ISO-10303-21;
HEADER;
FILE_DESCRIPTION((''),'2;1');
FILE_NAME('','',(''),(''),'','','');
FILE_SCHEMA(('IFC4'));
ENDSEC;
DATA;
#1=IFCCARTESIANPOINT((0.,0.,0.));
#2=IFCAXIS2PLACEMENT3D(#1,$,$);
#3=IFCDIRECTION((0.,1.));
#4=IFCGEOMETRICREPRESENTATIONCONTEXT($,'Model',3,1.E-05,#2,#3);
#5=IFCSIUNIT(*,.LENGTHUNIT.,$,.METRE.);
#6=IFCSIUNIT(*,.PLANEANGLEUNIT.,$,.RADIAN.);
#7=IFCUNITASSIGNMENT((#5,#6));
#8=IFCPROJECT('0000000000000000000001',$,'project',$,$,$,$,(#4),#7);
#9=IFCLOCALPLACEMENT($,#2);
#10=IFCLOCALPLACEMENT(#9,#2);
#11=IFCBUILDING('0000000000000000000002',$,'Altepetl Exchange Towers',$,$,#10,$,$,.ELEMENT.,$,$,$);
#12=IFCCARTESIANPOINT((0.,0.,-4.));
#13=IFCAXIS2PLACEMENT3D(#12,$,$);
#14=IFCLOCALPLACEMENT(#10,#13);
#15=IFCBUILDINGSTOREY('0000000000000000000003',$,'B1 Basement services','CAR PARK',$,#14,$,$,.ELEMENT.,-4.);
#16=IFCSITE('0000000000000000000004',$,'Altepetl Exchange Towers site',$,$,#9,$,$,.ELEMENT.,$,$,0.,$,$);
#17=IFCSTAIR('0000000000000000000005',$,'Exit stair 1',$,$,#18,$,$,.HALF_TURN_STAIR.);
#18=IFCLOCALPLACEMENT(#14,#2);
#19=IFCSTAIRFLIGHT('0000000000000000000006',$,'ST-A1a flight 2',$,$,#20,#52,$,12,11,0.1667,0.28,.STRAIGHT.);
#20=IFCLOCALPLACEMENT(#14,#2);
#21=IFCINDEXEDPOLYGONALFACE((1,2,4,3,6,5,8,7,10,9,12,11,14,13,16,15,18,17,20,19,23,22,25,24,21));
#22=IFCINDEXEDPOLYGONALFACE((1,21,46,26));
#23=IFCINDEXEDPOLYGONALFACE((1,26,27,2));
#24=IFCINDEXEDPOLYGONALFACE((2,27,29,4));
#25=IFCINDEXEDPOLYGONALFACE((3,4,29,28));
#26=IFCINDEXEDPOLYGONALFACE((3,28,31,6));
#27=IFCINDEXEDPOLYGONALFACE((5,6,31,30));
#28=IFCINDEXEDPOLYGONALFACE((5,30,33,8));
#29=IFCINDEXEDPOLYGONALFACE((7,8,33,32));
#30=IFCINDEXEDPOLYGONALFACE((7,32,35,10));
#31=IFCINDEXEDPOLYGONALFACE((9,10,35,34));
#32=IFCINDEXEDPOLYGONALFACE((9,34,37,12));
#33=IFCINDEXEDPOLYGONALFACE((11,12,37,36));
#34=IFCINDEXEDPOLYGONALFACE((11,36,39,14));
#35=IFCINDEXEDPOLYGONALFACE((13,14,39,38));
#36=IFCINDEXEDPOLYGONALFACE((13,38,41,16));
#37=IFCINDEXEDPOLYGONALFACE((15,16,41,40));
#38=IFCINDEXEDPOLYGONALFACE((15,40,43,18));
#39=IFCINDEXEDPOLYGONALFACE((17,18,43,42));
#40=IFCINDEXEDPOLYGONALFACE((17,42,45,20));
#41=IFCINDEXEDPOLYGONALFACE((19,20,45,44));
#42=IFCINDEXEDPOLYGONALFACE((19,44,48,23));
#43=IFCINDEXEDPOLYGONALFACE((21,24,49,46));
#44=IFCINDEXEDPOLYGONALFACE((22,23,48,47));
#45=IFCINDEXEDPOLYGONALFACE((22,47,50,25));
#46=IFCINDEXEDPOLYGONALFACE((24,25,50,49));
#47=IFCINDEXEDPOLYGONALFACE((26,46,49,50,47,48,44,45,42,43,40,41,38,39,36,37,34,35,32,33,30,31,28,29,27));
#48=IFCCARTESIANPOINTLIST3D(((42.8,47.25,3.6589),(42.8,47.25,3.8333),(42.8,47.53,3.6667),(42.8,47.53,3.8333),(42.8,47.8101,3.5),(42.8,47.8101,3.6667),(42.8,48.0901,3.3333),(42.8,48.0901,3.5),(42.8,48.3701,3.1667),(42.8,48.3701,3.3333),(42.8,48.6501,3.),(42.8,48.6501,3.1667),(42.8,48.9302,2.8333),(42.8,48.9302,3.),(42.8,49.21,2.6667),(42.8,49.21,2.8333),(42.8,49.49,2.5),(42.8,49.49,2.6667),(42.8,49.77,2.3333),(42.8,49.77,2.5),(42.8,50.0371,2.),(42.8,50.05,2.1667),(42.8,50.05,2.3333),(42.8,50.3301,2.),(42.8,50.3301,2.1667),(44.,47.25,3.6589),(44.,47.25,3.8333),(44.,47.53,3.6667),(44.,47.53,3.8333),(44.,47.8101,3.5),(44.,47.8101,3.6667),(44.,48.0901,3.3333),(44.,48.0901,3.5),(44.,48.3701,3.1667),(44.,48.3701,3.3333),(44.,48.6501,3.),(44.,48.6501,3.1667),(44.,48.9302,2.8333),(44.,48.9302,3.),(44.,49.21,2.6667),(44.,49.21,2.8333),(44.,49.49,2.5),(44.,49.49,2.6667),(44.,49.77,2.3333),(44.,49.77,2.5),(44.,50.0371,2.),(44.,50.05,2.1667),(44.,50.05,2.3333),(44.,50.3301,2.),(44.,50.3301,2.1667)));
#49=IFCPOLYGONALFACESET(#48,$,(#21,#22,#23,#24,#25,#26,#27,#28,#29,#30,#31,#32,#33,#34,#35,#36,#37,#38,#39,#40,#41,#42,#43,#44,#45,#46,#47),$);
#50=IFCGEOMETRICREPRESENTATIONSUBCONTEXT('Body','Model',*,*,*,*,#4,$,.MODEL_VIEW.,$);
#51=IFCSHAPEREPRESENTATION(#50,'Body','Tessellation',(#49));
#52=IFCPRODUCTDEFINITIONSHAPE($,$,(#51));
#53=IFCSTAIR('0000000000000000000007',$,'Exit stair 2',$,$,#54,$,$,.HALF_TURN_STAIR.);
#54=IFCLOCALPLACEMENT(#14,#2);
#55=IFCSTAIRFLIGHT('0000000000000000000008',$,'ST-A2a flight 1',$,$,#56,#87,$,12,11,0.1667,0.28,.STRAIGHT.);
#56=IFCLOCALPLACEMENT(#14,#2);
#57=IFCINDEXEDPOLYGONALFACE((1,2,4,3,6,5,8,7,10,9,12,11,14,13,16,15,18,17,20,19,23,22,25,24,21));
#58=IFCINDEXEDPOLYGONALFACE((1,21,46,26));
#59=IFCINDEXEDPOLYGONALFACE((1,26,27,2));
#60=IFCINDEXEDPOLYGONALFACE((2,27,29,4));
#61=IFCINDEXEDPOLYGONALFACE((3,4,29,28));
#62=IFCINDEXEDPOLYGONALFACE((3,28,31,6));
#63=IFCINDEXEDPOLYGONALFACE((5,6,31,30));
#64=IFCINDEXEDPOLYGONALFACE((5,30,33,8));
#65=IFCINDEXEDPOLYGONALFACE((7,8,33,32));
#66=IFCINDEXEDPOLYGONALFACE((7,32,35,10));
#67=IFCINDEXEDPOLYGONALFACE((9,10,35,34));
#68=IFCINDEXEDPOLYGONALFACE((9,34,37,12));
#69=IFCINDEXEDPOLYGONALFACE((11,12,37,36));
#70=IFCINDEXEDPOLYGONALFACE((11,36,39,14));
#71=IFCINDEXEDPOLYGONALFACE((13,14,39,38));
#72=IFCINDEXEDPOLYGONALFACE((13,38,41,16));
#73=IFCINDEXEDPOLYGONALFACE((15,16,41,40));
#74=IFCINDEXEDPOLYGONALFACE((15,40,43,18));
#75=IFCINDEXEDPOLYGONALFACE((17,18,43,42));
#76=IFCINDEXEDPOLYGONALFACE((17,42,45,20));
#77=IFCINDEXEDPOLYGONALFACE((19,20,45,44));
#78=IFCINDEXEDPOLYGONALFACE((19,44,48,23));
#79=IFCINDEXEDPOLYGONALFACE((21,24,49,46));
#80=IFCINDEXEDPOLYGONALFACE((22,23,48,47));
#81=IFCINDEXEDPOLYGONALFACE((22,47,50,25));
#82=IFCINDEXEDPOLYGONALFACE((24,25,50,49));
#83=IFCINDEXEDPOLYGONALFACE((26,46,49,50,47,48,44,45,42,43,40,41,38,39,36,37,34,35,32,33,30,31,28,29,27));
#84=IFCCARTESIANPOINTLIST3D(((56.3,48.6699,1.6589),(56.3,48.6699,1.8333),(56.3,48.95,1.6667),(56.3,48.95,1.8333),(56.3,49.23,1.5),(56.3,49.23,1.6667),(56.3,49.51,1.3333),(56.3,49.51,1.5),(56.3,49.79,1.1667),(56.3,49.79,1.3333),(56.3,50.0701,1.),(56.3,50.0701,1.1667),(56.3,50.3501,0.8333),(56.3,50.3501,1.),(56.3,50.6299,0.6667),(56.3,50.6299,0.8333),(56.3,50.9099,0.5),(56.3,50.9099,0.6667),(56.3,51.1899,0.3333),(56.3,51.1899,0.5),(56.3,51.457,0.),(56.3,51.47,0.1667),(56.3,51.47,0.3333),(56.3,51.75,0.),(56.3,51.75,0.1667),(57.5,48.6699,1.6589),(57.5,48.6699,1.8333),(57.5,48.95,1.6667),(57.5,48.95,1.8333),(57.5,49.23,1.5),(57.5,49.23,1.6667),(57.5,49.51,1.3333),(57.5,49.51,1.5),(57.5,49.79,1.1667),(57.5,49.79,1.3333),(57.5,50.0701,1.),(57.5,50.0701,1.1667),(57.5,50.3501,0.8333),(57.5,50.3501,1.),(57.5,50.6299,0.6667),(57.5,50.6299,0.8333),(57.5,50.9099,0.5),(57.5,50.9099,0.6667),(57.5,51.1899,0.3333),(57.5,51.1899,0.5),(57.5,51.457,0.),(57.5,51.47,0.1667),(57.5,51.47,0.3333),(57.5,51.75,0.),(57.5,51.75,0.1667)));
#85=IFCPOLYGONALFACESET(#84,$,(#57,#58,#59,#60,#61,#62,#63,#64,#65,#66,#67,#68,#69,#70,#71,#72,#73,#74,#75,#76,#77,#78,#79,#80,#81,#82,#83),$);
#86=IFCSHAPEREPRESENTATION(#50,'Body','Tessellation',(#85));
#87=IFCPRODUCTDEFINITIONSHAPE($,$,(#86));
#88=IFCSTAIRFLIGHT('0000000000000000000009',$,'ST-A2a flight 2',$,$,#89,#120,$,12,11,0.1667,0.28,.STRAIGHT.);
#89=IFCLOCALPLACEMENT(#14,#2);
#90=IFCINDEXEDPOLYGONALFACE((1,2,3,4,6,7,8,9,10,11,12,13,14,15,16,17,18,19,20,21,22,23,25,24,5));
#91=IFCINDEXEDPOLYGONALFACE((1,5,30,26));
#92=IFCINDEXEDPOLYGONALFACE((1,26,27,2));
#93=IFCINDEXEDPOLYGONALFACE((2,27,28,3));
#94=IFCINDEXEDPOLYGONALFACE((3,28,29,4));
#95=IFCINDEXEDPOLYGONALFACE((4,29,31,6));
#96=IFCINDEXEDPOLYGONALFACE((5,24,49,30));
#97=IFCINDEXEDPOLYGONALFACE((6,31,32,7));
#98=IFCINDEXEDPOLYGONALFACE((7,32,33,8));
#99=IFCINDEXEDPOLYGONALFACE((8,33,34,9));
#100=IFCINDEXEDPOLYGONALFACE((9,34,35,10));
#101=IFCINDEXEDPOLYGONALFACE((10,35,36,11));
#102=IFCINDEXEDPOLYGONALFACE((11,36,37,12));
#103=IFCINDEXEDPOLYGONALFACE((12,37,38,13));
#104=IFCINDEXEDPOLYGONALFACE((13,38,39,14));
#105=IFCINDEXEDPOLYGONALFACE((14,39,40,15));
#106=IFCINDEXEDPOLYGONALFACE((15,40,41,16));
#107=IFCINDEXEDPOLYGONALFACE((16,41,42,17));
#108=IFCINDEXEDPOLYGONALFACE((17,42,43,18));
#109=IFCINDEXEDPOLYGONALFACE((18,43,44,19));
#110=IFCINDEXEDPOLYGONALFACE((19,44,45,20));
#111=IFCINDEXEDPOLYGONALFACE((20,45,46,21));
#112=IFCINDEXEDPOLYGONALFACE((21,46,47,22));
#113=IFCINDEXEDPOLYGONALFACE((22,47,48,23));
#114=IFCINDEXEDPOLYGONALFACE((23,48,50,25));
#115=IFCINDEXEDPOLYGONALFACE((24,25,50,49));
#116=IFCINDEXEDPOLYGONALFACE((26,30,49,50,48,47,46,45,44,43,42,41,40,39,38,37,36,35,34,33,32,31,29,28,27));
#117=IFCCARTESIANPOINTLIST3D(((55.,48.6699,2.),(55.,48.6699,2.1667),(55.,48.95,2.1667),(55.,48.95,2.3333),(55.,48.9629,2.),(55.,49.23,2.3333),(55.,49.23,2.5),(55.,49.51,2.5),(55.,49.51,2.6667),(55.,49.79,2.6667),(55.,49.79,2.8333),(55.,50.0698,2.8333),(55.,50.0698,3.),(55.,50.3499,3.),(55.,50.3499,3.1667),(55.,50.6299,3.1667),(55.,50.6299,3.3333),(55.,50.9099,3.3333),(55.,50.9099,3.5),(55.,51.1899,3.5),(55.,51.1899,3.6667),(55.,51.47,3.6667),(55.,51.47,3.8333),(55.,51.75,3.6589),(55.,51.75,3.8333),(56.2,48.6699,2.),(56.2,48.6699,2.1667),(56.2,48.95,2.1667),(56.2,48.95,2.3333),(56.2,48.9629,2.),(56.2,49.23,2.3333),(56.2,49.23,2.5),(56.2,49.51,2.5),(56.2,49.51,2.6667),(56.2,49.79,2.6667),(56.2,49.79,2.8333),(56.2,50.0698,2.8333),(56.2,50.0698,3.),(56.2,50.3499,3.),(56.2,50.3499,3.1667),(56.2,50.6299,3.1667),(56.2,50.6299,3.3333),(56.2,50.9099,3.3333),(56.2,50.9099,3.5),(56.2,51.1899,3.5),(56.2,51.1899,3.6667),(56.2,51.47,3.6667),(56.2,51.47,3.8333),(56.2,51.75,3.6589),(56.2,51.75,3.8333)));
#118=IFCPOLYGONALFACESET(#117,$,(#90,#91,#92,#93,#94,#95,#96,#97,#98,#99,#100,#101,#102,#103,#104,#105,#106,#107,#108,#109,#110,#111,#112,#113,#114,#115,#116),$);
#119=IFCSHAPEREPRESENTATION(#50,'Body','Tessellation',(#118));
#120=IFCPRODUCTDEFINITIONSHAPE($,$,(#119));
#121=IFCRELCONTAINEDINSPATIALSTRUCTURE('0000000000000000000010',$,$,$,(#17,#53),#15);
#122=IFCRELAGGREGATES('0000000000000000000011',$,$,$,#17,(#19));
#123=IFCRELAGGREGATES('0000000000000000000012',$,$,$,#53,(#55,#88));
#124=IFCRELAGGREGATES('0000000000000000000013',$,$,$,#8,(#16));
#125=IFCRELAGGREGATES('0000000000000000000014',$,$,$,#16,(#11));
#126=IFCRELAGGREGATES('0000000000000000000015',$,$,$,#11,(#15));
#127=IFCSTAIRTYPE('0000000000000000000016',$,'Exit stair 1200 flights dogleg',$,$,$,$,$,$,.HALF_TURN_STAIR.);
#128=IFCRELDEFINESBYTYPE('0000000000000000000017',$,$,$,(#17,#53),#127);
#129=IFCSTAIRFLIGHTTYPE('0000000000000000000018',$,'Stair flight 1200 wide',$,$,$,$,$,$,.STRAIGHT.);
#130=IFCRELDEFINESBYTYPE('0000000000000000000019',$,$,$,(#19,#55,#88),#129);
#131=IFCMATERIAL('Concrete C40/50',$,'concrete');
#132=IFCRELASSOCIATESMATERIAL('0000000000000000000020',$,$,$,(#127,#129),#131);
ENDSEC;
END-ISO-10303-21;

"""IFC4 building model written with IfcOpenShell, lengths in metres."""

from ifc_helpers import new_model, si_unit, direction, frame, origin, place, context, subcontext, project, spatial, polyline, outline, extrude, material, type_object, element, aggregate, save


model = new_model("IFC4")

# Units and contexts
model_context = context("Model", 3, precision=1e-05, world=origin(), true_north=direction((0.0, 1.0)))
body_context = subcontext(model_context, "Body", "Model", "MODEL_VIEW")
ifc_project = project(units=[si_unit("LENGTHUNIT", "METRE"), si_unit("PLANEANGLEUNIT", "RADIAN")], contexts=[model_context])

# Site, building, storey
site_placement = place(None, origin())
site = spatial("IfcSite", under=ifc_project, at=site_placement, Name="Altepetl Exchange Towers site", CompositionType="ELEMENT", RefElevation=0.0)
building_placement = place(site_placement, origin())
building = spatial("IfcBuilding", under=site, at=building_placement, Name="Altepetl Exchange Towers", CompositionType="ELEMENT")
storey_placement = place(building_placement, frame((0.0, 0.0, -4.0)))
storey = spatial("IfcBuildingStorey", under=building, at=storey_placement, Name="B1 Basement services", Description="CAR PARK", CompositionType="ELEMENT", Elevation=-4.0)

# Shared definitions
ifc_material_1 = material(Name="Concrete C40/50", Category="concrete")

# Stairs, stair flights
stair_type = type_object("IfcStairType", Name="Exit stair 1200 flights dogleg", PredefinedType="HALF_TURN_STAIR", material=ifc_material_1)
stair_1_placement = place(storey_placement, origin())
stair_1 = element("IfcStair", 1, at=stair_1_placement, inside=storey, type_object=stair_type, Name="Exit stair 1", PredefinedType="HALF_TURN_STAIR")
stair_flight_type = type_object("IfcStairFlightType", Name="Stair flight 1200 wide", PredefinedType="STRAIGHT", material=ifc_material_1)
stair_flight_1_placement = place(storey_placement, frame((43.3999, 50.3301, 2.0), z_axis=(0.0, 0.0, 1.0), x_axis=(0.0, -1.0, 0.0)))
stair_flight_1 = element("IfcStairFlight", 2, at=stair_flight_1_placement, type_object=stair_flight_type, Name="ST-A1a flight 2", NumberOfRisers=12, NumberOfTreads=11, PredefinedType="STRAIGHT", RiserHeight=0.1667, TreadLength=0.28, context=body_context, shape_type="SweptSolid", body=[
    extrude(outline(polyline([(0.0, 0.0), (0.0, 0.1667), (0.28, 0.1667), (0.28, 0.3333), (0.5601, 0.3333), (0.5601, 0.5), (0.8401, 0.5), (0.8401, 0.6667), (1.1201, 0.6667), (1.1201, 0.8333), (1.3999, 0.8333), (1.3999, 1.0), (1.6799, 1.0), (1.6799, 1.1667), (1.96, 1.1667), (1.96, 1.3333), (2.24, 1.3333), (2.24, 1.5), (2.52, 1.5), (2.52, 1.6667), (2.8, 1.6667), (2.8, 1.8333), (3.0801, 1.8333), (3.0801, 2.0), (3.0801, 1.6589), (0.293, 0.0), (0.0, 0.0)])), frame((0.0, 0.6001, 0.0), z_axis=(0.0, -1.0, 0.0), x_axis=(1.0, 0.0, 0.0)), (0.0, 0.0, 1.0), 1.2),
])
aggregate(stair_1, [stair_flight_1])
stair_2_placement = place(storey_placement, origin())
stair_2 = element("IfcStair", 3, at=stair_2_placement, inside=storey, type_object=stair_type, Name="Exit stair 2", PredefinedType="HALF_TURN_STAIR")
stair_flight_2_placement = place(storey_placement, frame((56.8999, 51.75, 0.0), z_axis=(0.0, 0.0, 1.0), x_axis=(0.0, -1.0, 0.0)))
stair_flight_2 = element("IfcStairFlight", 4, at=stair_flight_2_placement, type_object=stair_flight_type, Name="ST-A2a flight 1", NumberOfRisers=12, NumberOfTreads=11, PredefinedType="STRAIGHT", RiserHeight=0.1667, TreadLength=0.28, context=body_context, shape_type="SweptSolid", body=[
    extrude(outline(polyline([(0.0, 0.0), (0.0, 0.1667), (0.28, 0.1667), (0.28, 0.3333), (0.5601, 0.3333), (0.5601, 0.5), (0.8401, 0.5), (0.8401, 0.6667), (1.1201, 0.6667), (1.1201, 0.8333), (1.3999, 0.8333), (1.3999, 1.0), (1.6799, 1.0), (1.6799, 1.1667), (1.96, 1.1667), (1.96, 1.3333), (2.24, 1.3333), (2.24, 1.5), (2.52, 1.5), (2.52, 1.6667), (2.8, 1.6667), (2.8, 1.8333), (3.0801, 1.8333), (3.0801, 2.0), (3.0801, 1.6589), (0.293, 0.0), (0.0, 0.0)])), frame((0.0, 0.6001, 0.0), z_axis=(0.0, -1.0, 0.0), x_axis=(1.0, 0.0, 0.0)), (0.0, 0.0, 1.0), 1.2),
])
stair_flight_3_placement = place(storey_placement, frame((55.6001, 48.6699, 2.0), z_axis=(0.0, 0.0, 1.0), x_axis=(0.0, 1.0, 0.0)))
stair_flight_3 = element("IfcStairFlight", 5, at=stair_flight_3_placement, type_object=stair_flight_type, Name="ST-A2a flight 2", NumberOfRisers=12, NumberOfTreads=11, PredefinedType="STRAIGHT", RiserHeight=0.1667, TreadLength=0.28, context=body_context, shape_type="SweptSolid", body=[
    extrude(outline(polyline([(0.0, 0.0), (0.0, 0.1667), (0.28, 0.1667), (0.28, 0.3333), (0.5601, 0.3333), (0.5601, 0.5), (0.8401, 0.5), (0.8401, 0.6667), (1.1201, 0.6667), (1.1201, 0.8333), (1.3999, 0.8333), (1.3999, 1.0), (1.6799, 1.0), (1.6799, 1.1667), (1.96, 1.1667), (1.96, 1.3333), (2.24, 1.3333), (2.24, 1.5), (2.52, 1.5), (2.52, 1.6667), (2.8, 1.6667), (2.8, 1.8333), (3.0801, 1.8333), (3.0801, 2.0), (3.0801, 1.6589), (0.293, 0.0), (0.0, 0.0)])), frame((0.0, 0.6001, 0.0), z_axis=(0.0, -1.0, 0.0), x_axis=(1.0, 0.0, 0.0)), (0.0, 0.0, 1.0), 1.2),
])
aggregate(stair_2, [stair_flight_2, stair_flight_3])

save(model, "model.ifc")
